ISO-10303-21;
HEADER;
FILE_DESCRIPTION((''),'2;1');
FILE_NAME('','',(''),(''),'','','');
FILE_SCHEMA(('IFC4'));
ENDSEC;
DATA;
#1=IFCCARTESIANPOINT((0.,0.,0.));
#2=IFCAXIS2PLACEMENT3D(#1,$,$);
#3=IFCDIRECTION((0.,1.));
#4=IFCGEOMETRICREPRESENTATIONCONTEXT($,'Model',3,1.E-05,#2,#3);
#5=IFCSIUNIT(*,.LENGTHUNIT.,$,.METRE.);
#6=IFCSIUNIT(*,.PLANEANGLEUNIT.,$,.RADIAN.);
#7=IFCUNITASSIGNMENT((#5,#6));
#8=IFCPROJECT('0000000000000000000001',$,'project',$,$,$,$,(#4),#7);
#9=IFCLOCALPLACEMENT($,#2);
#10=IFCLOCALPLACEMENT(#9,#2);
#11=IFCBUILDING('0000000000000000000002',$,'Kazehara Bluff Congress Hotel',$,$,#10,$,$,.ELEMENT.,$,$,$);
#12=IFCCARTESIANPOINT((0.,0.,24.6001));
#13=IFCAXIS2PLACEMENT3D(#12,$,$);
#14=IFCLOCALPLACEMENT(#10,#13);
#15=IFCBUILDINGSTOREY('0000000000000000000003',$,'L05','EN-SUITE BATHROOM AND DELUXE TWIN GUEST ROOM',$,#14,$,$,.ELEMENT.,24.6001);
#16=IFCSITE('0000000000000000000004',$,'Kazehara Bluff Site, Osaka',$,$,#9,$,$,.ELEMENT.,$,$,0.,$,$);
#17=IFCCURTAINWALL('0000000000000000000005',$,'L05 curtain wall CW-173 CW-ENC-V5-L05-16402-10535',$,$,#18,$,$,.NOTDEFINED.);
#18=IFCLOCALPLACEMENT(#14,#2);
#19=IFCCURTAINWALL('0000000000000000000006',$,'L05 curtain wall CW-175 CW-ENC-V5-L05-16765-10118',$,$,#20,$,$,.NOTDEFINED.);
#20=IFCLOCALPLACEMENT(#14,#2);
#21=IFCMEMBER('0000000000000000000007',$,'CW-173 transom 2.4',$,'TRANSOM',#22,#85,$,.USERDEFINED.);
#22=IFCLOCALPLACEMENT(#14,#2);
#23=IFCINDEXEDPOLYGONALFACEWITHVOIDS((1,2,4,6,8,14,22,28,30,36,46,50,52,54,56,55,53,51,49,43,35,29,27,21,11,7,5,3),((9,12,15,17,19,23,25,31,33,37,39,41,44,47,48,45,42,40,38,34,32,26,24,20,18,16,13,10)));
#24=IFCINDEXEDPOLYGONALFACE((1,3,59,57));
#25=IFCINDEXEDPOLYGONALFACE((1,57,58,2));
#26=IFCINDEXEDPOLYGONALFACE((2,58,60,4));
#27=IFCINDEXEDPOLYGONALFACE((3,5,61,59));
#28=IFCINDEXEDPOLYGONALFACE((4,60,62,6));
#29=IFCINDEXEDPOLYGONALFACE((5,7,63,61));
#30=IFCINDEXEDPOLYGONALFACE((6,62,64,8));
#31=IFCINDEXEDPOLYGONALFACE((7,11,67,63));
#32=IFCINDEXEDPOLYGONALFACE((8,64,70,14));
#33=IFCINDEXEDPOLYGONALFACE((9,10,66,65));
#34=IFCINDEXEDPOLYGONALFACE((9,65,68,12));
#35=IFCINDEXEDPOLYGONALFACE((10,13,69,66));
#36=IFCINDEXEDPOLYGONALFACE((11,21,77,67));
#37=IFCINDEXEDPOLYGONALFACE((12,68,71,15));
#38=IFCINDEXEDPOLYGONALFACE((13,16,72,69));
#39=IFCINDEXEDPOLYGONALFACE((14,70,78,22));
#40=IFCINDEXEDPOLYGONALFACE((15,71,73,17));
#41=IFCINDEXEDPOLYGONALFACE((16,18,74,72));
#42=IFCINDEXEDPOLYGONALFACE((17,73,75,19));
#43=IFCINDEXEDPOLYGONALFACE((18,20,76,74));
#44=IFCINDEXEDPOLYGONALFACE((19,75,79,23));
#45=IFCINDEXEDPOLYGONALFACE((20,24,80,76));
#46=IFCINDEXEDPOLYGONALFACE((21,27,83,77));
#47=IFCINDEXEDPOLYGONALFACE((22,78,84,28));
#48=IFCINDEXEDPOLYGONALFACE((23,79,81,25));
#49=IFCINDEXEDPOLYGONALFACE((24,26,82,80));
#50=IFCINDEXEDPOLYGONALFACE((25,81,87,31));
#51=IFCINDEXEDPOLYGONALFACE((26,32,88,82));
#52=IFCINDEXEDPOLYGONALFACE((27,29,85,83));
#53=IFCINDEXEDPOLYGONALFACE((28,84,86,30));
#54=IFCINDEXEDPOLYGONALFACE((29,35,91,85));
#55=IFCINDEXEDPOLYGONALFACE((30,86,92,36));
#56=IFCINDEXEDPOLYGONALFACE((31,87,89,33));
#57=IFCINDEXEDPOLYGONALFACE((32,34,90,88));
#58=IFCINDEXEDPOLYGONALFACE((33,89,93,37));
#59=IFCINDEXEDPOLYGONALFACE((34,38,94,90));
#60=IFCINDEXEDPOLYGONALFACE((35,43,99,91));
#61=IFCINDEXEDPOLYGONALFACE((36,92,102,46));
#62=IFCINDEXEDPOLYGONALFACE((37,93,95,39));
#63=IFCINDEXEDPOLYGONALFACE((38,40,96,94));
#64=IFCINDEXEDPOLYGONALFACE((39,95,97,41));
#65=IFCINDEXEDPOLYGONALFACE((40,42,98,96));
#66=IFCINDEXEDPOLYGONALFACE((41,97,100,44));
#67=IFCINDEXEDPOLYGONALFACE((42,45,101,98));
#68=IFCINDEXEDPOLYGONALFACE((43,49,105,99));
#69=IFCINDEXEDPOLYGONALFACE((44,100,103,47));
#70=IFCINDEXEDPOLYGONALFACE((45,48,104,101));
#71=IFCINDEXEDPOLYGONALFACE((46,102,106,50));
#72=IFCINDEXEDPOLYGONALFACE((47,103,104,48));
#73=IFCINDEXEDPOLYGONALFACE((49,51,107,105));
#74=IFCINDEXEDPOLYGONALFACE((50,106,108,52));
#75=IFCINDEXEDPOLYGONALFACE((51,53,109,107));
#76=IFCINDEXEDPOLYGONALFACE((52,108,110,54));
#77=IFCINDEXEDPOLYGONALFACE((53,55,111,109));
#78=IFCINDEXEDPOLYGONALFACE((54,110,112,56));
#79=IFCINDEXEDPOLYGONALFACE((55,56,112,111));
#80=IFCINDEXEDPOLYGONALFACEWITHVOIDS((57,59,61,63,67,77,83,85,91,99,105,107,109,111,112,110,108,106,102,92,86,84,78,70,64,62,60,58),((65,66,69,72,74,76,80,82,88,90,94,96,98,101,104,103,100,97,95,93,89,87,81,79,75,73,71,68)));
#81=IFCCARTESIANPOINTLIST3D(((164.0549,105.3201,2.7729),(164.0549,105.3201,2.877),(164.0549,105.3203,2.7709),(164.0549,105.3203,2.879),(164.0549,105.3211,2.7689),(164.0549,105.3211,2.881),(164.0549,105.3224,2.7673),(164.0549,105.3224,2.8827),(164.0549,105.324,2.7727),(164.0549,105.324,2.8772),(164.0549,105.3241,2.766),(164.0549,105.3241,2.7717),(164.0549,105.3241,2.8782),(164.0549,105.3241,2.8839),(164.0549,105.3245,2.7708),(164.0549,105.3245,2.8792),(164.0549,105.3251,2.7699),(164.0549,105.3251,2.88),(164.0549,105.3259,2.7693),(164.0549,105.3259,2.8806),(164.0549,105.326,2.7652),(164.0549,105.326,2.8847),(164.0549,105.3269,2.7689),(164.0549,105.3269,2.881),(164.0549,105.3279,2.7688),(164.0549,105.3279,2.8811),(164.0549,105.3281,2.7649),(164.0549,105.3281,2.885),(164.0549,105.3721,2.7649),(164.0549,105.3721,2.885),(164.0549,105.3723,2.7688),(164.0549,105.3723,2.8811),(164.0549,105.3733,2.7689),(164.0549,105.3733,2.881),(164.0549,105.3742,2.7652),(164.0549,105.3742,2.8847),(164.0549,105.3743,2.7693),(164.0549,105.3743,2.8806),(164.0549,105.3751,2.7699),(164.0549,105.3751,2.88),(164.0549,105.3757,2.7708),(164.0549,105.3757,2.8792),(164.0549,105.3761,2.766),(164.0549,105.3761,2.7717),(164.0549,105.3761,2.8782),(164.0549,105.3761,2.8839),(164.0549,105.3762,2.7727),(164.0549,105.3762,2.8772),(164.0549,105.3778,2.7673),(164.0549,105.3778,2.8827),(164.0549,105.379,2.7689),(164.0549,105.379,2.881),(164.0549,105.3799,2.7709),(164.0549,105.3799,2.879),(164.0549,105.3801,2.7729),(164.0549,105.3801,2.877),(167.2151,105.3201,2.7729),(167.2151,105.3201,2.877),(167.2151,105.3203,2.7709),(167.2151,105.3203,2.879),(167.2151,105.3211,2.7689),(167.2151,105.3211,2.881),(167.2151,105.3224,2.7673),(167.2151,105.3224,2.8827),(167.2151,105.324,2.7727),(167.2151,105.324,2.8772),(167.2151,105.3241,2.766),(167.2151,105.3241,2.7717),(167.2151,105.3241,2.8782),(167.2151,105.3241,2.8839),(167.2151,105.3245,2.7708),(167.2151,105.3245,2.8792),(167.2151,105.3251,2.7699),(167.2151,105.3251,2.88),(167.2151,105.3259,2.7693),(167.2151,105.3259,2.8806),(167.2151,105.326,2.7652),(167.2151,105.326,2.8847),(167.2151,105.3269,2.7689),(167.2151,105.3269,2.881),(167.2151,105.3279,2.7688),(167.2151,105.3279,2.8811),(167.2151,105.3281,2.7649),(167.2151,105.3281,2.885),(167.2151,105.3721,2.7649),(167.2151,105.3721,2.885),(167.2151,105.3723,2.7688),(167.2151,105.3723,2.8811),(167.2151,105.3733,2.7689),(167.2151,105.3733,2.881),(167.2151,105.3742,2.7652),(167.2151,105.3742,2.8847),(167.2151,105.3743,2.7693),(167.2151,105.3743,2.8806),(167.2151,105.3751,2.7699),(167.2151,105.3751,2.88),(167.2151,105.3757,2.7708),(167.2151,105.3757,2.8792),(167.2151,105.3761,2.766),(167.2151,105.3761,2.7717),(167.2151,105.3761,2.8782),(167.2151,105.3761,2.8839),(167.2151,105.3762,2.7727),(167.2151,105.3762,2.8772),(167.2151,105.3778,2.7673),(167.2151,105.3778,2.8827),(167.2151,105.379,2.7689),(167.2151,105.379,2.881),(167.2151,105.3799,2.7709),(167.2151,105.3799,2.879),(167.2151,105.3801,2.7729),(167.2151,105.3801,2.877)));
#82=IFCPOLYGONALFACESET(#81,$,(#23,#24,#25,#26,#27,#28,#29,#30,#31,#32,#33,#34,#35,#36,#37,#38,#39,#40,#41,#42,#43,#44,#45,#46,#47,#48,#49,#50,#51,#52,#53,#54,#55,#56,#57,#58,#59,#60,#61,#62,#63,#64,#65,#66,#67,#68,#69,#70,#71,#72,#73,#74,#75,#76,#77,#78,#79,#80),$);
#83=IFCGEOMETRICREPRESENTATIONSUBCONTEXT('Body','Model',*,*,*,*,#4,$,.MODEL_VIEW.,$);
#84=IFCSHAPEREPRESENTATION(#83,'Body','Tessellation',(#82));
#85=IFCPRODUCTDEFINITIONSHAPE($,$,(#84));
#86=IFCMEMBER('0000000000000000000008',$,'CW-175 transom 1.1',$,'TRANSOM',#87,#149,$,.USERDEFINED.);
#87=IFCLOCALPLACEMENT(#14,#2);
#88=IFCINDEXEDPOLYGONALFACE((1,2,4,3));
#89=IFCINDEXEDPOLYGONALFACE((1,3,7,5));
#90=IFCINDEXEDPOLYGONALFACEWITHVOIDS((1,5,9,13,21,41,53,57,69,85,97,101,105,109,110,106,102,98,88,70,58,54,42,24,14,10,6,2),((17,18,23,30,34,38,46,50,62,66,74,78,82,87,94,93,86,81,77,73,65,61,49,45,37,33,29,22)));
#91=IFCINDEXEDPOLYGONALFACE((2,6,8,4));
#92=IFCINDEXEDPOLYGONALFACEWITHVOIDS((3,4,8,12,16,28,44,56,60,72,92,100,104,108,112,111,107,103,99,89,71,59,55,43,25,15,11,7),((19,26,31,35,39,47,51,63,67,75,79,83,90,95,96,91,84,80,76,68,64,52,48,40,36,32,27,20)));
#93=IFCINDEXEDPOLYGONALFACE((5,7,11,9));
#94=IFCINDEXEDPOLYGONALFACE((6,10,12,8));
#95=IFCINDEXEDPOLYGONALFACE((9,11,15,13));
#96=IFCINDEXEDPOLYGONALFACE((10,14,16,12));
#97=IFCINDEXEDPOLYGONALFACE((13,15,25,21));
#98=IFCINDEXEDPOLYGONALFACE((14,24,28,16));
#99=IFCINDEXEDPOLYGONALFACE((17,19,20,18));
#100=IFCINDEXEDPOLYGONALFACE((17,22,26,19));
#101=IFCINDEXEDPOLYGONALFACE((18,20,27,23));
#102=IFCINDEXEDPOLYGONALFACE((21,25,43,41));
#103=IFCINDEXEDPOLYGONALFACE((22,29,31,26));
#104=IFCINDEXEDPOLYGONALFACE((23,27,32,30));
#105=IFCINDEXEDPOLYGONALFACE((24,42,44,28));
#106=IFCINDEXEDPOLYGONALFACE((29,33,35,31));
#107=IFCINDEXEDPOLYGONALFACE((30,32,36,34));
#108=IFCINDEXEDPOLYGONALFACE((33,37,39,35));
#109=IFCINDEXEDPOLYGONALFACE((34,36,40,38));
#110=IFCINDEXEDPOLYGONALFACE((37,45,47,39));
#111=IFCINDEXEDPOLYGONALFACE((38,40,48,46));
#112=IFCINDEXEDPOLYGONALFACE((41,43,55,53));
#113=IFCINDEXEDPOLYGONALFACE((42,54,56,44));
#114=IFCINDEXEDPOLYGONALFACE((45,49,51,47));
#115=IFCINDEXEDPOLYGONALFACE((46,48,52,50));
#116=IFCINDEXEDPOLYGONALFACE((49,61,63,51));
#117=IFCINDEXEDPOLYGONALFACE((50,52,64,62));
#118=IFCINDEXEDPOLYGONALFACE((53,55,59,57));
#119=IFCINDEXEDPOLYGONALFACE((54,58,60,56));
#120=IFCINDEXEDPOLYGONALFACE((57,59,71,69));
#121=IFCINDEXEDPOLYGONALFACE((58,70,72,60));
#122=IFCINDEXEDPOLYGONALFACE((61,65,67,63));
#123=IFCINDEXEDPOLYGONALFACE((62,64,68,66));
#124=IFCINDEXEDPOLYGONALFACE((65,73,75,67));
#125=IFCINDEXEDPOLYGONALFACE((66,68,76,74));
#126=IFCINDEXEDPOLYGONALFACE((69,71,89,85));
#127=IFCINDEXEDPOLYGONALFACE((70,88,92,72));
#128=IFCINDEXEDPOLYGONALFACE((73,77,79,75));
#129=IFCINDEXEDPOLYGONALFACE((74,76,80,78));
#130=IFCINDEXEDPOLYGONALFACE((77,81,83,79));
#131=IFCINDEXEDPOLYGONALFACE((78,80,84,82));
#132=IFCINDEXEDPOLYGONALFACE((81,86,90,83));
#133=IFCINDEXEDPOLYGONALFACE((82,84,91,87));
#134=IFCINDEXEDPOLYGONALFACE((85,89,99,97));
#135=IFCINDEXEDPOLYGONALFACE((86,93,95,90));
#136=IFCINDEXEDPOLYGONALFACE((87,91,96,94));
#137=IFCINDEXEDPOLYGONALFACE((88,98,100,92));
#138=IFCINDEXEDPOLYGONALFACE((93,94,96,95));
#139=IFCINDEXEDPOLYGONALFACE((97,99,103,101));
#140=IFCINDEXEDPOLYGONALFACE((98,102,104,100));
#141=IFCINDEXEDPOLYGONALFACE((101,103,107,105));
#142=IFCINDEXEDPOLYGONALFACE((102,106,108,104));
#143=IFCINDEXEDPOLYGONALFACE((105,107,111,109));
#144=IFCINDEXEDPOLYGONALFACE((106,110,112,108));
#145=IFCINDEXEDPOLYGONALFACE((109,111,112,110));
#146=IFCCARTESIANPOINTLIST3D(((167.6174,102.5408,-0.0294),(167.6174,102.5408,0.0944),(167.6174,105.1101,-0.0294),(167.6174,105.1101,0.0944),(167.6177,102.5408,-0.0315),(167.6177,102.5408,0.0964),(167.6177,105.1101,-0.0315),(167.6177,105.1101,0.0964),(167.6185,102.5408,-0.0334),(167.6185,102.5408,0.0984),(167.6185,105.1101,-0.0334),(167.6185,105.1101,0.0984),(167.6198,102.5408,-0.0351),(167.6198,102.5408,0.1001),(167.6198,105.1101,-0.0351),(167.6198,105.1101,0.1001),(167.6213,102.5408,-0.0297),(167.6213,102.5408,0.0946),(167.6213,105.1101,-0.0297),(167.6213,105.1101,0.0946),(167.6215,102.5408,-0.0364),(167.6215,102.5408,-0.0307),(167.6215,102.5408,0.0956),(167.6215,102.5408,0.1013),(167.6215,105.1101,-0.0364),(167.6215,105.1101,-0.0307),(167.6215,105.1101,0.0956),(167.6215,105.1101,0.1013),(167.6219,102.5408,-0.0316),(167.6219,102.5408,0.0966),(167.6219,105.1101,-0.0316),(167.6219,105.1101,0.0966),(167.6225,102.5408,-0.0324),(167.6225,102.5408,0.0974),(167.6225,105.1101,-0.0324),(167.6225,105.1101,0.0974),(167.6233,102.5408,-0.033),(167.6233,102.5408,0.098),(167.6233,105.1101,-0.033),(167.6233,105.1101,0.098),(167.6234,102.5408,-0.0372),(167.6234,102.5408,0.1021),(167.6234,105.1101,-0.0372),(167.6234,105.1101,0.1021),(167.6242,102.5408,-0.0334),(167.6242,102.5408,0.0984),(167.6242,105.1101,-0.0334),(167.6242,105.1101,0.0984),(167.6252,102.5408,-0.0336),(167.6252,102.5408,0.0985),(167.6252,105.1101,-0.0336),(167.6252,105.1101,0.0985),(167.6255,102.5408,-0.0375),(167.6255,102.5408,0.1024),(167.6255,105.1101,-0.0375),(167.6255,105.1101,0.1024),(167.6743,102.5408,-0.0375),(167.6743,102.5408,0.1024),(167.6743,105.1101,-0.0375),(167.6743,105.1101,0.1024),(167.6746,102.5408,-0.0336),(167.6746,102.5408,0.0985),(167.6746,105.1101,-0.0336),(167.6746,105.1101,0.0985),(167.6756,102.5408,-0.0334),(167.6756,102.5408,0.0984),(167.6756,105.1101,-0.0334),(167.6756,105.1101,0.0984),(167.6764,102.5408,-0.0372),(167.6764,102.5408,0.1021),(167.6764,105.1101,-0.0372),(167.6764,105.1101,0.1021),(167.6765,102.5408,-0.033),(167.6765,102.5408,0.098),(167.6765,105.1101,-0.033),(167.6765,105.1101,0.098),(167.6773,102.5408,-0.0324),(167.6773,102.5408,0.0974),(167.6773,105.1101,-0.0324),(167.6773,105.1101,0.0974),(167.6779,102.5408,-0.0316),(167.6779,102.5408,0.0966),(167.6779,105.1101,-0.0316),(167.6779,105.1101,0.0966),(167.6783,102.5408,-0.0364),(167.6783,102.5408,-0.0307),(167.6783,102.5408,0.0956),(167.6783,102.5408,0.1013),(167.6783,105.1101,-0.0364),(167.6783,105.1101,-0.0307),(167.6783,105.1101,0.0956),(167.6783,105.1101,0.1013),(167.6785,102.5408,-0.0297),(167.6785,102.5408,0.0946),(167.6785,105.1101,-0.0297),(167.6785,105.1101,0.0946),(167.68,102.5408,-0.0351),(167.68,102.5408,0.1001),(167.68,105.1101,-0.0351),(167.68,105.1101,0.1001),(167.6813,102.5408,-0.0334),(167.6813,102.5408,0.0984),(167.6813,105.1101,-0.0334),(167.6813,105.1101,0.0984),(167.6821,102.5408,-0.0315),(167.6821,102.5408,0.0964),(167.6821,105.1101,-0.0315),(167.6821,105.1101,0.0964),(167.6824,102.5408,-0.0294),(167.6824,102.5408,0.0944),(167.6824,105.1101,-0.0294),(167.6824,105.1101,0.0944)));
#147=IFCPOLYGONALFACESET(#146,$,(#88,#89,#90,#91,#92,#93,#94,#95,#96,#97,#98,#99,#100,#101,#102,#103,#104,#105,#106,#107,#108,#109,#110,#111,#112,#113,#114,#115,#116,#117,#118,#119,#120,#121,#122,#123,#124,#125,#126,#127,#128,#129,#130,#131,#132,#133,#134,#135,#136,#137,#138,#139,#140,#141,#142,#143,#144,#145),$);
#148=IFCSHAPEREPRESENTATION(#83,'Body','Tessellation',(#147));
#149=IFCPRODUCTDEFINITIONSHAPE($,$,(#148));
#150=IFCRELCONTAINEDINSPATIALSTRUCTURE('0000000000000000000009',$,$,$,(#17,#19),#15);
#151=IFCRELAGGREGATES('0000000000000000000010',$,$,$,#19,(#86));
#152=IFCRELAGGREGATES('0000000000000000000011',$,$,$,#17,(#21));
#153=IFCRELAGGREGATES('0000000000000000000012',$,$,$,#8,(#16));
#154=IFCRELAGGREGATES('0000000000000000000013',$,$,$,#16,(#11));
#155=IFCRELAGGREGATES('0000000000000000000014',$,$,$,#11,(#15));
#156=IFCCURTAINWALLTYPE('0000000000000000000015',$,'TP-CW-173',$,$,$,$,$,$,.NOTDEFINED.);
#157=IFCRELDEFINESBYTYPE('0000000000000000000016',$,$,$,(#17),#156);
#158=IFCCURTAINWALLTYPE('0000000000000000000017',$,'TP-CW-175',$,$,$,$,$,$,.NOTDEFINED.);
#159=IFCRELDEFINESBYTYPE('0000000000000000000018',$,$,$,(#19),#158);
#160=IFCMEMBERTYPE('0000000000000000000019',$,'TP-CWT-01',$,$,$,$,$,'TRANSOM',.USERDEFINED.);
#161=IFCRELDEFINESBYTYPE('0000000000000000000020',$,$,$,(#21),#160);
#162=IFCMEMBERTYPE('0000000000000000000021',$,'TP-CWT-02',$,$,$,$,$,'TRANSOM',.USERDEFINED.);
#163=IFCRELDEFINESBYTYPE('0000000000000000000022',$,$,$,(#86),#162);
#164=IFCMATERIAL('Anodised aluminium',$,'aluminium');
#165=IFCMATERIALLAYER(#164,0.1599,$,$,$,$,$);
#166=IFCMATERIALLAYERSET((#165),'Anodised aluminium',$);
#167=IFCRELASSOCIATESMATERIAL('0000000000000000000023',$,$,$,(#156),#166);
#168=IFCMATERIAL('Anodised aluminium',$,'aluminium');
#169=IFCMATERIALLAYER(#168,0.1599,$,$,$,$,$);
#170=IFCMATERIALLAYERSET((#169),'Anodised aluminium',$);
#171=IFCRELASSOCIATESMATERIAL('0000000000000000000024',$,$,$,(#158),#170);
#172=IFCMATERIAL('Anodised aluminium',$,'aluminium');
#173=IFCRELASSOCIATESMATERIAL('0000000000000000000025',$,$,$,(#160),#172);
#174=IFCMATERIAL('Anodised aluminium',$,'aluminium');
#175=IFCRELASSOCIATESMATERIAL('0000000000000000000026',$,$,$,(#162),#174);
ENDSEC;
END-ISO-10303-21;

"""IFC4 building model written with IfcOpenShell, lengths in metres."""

from ifc_helpers import new_model, si_unit, direction, frame, origin, origin_2d, place, context, subcontext, project, spatial, hollow_rectangle, extrude, material, layer, layer_set, material_profile, profile_set, type_object, element, aggregate, save


model = new_model("IFC4")

# Units and contexts
model_context = context("Model", 3, precision=1e-05, world=origin(), true_north=direction((0.0, 1.0)))
body_context = subcontext(model_context, "Body", "Model", "MODEL_VIEW")
ifc_project = project(units=[si_unit("LENGTHUNIT", "METRE"), si_unit("PLANEANGLEUNIT", "RADIAN")], contexts=[model_context])

# Site, building, storey
site_placement = place(None, origin())
site = spatial("IfcSite", under=ifc_project, at=site_placement, Name="Kazehara Bluff Site, Osaka", CompositionType="ELEMENT", RefElevation=0.0)
building_placement = place(site_placement, origin())
building = spatial("IfcBuilding", under=site, at=building_placement, Name="Kazehara Bluff Congress Hotel", CompositionType="ELEMENT")
storey_placement = place(building_placement, frame((0.0, 0.0, 24.6001)))
storey = spatial("IfcBuildingStorey", under=building, at=storey_placement, Name="L05", Description="EN-SUITE BATHROOM AND DELUXE TWIN GUEST ROOM", CompositionType="ELEMENT", Elevation=24.6001)

# Curtain wall
ifc_material_1 = material(Name="Anodised aluminium", Category="aluminium")
ifc_layer_1 = layer(ifc_material_1, 0.1599)
ifc_layer_set_1 = layer_set([ifc_layer_1], Name="Anodised aluminium")
curtain_wall_type_1 = type_object("IfcCurtainWallType", Name="TP-CW-173", PredefinedType="NOTDEFINED", material=ifc_layer_set_1)
curtain_wall_1_placement = place(storey_placement, origin())
curtain_wall_1 = element("IfcCurtainWall", 1, at=curtain_wall_1_placement, inside=storey, type_object=curtain_wall_type_1, Name="L05 curtain wall CW-173 CW-ENC-V5-L05-16402-10535", PredefinedType="NOTDEFINED")

# Curtain wall
ifc_material_2 = material(Name="Anodised aluminium", Category="aluminium")
ifc_layer_2 = layer(ifc_material_2, 0.1599)
ifc_layer_set_2 = layer_set([ifc_layer_2], Name="Anodised aluminium")
curtain_wall_type_2 = type_object("IfcCurtainWallType", Name="TP-CW-175", PredefinedType="NOTDEFINED", material=ifc_layer_set_2)
curtain_wall_2_placement = place(storey_placement, origin())
curtain_wall_2 = element("IfcCurtainWall", 2, at=curtain_wall_2_placement, inside=storey, type_object=curtain_wall_type_2, Name="L05 curtain wall CW-175 CW-ENC-V5-L05-16765-10118", PredefinedType="NOTDEFINED")

# Members
ifc_material_3 = material(Name="Anodised aluminium", Category="aluminium")
ifc_material_profile_1 = material_profile(ifc_material_3, hollow_rectangle(XDim=0.0601, YDim=0.1201, WallThickness=0.0039, InnerFilletRadius=0.0039, OuterFilletRadius=0.0081, at=origin_2d()))
ifc_profile_set_1 = profile_set([ifc_material_profile_1], Name="Anodised aluminium")
member_type_1 = type_object("IfcMemberType", Name="TP-CWT-01", ElementType="TRANSOM", PredefinedType="USERDEFINED", material=ifc_profile_set_1)
member_1_placement = place(storey_placement, frame((164.0549, 105.3501, 2.825), z_axis=(1.0, 0.0, 0.0), x_axis=(0.0, 1.0, 0.0)))
member_1 = element("IfcMember", 3, at=member_1_placement, type_object=member_type_1, Name="CW-173 transom 2.4", ObjectType="TRANSOM", PredefinedType="USERDEFINED", context=body_context, shape_type="SweptSolid", body=[
    extrude(hollow_rectangle(XDim=0.0601, YDim=0.1201, WallThickness=0.0039, InnerFilletRadius=0.0039, OuterFilletRadius=0.0081, at=origin_2d()), origin(), (0.0, 0.0, 1.0), 3.1602),
])
ifc_material_4 = material(Name="Anodised aluminium", Category="aluminium")
ifc_material_profile_2 = material_profile(ifc_material_4, hollow_rectangle(XDim=0.0649, YDim=0.1399, WallThickness=0.0039, InnerFilletRadius=0.0039, OuterFilletRadius=0.0081, at=origin_2d()))
ifc_profile_set_2 = profile_set([ifc_material_profile_2], Name="Anodised aluminium")
member_type_2 = type_object("IfcMemberType", Name="TP-CWT-02", ElementType="TRANSOM", PredefinedType="USERDEFINED", material=ifc_profile_set_2)
member_2_placement = place(storey_placement, frame((167.6499, 105.1101, 0.0325), z_axis=(0.0, -1.0, 0.0), x_axis=(1.0, 0.0, 0.0)))
member_2 = element("IfcMember", 4, at=member_2_placement, type_object=member_type_2, Name="CW-175 transom 1.1", ObjectType="TRANSOM", PredefinedType="USERDEFINED", context=body_context, shape_type="SweptSolid", body=[
    extrude(hollow_rectangle(XDim=0.0649, YDim=0.1399, WallThickness=0.0039, InnerFilletRadius=0.0039, OuterFilletRadius=0.0081, at=origin_2d()), origin(), (0.0, 0.0, 1.0), 2.5693),
])
aggregate(curtain_wall_2, [member_2])

aggregate(curtain_wall_1, [member_1])

save(model, "model.ifc")
